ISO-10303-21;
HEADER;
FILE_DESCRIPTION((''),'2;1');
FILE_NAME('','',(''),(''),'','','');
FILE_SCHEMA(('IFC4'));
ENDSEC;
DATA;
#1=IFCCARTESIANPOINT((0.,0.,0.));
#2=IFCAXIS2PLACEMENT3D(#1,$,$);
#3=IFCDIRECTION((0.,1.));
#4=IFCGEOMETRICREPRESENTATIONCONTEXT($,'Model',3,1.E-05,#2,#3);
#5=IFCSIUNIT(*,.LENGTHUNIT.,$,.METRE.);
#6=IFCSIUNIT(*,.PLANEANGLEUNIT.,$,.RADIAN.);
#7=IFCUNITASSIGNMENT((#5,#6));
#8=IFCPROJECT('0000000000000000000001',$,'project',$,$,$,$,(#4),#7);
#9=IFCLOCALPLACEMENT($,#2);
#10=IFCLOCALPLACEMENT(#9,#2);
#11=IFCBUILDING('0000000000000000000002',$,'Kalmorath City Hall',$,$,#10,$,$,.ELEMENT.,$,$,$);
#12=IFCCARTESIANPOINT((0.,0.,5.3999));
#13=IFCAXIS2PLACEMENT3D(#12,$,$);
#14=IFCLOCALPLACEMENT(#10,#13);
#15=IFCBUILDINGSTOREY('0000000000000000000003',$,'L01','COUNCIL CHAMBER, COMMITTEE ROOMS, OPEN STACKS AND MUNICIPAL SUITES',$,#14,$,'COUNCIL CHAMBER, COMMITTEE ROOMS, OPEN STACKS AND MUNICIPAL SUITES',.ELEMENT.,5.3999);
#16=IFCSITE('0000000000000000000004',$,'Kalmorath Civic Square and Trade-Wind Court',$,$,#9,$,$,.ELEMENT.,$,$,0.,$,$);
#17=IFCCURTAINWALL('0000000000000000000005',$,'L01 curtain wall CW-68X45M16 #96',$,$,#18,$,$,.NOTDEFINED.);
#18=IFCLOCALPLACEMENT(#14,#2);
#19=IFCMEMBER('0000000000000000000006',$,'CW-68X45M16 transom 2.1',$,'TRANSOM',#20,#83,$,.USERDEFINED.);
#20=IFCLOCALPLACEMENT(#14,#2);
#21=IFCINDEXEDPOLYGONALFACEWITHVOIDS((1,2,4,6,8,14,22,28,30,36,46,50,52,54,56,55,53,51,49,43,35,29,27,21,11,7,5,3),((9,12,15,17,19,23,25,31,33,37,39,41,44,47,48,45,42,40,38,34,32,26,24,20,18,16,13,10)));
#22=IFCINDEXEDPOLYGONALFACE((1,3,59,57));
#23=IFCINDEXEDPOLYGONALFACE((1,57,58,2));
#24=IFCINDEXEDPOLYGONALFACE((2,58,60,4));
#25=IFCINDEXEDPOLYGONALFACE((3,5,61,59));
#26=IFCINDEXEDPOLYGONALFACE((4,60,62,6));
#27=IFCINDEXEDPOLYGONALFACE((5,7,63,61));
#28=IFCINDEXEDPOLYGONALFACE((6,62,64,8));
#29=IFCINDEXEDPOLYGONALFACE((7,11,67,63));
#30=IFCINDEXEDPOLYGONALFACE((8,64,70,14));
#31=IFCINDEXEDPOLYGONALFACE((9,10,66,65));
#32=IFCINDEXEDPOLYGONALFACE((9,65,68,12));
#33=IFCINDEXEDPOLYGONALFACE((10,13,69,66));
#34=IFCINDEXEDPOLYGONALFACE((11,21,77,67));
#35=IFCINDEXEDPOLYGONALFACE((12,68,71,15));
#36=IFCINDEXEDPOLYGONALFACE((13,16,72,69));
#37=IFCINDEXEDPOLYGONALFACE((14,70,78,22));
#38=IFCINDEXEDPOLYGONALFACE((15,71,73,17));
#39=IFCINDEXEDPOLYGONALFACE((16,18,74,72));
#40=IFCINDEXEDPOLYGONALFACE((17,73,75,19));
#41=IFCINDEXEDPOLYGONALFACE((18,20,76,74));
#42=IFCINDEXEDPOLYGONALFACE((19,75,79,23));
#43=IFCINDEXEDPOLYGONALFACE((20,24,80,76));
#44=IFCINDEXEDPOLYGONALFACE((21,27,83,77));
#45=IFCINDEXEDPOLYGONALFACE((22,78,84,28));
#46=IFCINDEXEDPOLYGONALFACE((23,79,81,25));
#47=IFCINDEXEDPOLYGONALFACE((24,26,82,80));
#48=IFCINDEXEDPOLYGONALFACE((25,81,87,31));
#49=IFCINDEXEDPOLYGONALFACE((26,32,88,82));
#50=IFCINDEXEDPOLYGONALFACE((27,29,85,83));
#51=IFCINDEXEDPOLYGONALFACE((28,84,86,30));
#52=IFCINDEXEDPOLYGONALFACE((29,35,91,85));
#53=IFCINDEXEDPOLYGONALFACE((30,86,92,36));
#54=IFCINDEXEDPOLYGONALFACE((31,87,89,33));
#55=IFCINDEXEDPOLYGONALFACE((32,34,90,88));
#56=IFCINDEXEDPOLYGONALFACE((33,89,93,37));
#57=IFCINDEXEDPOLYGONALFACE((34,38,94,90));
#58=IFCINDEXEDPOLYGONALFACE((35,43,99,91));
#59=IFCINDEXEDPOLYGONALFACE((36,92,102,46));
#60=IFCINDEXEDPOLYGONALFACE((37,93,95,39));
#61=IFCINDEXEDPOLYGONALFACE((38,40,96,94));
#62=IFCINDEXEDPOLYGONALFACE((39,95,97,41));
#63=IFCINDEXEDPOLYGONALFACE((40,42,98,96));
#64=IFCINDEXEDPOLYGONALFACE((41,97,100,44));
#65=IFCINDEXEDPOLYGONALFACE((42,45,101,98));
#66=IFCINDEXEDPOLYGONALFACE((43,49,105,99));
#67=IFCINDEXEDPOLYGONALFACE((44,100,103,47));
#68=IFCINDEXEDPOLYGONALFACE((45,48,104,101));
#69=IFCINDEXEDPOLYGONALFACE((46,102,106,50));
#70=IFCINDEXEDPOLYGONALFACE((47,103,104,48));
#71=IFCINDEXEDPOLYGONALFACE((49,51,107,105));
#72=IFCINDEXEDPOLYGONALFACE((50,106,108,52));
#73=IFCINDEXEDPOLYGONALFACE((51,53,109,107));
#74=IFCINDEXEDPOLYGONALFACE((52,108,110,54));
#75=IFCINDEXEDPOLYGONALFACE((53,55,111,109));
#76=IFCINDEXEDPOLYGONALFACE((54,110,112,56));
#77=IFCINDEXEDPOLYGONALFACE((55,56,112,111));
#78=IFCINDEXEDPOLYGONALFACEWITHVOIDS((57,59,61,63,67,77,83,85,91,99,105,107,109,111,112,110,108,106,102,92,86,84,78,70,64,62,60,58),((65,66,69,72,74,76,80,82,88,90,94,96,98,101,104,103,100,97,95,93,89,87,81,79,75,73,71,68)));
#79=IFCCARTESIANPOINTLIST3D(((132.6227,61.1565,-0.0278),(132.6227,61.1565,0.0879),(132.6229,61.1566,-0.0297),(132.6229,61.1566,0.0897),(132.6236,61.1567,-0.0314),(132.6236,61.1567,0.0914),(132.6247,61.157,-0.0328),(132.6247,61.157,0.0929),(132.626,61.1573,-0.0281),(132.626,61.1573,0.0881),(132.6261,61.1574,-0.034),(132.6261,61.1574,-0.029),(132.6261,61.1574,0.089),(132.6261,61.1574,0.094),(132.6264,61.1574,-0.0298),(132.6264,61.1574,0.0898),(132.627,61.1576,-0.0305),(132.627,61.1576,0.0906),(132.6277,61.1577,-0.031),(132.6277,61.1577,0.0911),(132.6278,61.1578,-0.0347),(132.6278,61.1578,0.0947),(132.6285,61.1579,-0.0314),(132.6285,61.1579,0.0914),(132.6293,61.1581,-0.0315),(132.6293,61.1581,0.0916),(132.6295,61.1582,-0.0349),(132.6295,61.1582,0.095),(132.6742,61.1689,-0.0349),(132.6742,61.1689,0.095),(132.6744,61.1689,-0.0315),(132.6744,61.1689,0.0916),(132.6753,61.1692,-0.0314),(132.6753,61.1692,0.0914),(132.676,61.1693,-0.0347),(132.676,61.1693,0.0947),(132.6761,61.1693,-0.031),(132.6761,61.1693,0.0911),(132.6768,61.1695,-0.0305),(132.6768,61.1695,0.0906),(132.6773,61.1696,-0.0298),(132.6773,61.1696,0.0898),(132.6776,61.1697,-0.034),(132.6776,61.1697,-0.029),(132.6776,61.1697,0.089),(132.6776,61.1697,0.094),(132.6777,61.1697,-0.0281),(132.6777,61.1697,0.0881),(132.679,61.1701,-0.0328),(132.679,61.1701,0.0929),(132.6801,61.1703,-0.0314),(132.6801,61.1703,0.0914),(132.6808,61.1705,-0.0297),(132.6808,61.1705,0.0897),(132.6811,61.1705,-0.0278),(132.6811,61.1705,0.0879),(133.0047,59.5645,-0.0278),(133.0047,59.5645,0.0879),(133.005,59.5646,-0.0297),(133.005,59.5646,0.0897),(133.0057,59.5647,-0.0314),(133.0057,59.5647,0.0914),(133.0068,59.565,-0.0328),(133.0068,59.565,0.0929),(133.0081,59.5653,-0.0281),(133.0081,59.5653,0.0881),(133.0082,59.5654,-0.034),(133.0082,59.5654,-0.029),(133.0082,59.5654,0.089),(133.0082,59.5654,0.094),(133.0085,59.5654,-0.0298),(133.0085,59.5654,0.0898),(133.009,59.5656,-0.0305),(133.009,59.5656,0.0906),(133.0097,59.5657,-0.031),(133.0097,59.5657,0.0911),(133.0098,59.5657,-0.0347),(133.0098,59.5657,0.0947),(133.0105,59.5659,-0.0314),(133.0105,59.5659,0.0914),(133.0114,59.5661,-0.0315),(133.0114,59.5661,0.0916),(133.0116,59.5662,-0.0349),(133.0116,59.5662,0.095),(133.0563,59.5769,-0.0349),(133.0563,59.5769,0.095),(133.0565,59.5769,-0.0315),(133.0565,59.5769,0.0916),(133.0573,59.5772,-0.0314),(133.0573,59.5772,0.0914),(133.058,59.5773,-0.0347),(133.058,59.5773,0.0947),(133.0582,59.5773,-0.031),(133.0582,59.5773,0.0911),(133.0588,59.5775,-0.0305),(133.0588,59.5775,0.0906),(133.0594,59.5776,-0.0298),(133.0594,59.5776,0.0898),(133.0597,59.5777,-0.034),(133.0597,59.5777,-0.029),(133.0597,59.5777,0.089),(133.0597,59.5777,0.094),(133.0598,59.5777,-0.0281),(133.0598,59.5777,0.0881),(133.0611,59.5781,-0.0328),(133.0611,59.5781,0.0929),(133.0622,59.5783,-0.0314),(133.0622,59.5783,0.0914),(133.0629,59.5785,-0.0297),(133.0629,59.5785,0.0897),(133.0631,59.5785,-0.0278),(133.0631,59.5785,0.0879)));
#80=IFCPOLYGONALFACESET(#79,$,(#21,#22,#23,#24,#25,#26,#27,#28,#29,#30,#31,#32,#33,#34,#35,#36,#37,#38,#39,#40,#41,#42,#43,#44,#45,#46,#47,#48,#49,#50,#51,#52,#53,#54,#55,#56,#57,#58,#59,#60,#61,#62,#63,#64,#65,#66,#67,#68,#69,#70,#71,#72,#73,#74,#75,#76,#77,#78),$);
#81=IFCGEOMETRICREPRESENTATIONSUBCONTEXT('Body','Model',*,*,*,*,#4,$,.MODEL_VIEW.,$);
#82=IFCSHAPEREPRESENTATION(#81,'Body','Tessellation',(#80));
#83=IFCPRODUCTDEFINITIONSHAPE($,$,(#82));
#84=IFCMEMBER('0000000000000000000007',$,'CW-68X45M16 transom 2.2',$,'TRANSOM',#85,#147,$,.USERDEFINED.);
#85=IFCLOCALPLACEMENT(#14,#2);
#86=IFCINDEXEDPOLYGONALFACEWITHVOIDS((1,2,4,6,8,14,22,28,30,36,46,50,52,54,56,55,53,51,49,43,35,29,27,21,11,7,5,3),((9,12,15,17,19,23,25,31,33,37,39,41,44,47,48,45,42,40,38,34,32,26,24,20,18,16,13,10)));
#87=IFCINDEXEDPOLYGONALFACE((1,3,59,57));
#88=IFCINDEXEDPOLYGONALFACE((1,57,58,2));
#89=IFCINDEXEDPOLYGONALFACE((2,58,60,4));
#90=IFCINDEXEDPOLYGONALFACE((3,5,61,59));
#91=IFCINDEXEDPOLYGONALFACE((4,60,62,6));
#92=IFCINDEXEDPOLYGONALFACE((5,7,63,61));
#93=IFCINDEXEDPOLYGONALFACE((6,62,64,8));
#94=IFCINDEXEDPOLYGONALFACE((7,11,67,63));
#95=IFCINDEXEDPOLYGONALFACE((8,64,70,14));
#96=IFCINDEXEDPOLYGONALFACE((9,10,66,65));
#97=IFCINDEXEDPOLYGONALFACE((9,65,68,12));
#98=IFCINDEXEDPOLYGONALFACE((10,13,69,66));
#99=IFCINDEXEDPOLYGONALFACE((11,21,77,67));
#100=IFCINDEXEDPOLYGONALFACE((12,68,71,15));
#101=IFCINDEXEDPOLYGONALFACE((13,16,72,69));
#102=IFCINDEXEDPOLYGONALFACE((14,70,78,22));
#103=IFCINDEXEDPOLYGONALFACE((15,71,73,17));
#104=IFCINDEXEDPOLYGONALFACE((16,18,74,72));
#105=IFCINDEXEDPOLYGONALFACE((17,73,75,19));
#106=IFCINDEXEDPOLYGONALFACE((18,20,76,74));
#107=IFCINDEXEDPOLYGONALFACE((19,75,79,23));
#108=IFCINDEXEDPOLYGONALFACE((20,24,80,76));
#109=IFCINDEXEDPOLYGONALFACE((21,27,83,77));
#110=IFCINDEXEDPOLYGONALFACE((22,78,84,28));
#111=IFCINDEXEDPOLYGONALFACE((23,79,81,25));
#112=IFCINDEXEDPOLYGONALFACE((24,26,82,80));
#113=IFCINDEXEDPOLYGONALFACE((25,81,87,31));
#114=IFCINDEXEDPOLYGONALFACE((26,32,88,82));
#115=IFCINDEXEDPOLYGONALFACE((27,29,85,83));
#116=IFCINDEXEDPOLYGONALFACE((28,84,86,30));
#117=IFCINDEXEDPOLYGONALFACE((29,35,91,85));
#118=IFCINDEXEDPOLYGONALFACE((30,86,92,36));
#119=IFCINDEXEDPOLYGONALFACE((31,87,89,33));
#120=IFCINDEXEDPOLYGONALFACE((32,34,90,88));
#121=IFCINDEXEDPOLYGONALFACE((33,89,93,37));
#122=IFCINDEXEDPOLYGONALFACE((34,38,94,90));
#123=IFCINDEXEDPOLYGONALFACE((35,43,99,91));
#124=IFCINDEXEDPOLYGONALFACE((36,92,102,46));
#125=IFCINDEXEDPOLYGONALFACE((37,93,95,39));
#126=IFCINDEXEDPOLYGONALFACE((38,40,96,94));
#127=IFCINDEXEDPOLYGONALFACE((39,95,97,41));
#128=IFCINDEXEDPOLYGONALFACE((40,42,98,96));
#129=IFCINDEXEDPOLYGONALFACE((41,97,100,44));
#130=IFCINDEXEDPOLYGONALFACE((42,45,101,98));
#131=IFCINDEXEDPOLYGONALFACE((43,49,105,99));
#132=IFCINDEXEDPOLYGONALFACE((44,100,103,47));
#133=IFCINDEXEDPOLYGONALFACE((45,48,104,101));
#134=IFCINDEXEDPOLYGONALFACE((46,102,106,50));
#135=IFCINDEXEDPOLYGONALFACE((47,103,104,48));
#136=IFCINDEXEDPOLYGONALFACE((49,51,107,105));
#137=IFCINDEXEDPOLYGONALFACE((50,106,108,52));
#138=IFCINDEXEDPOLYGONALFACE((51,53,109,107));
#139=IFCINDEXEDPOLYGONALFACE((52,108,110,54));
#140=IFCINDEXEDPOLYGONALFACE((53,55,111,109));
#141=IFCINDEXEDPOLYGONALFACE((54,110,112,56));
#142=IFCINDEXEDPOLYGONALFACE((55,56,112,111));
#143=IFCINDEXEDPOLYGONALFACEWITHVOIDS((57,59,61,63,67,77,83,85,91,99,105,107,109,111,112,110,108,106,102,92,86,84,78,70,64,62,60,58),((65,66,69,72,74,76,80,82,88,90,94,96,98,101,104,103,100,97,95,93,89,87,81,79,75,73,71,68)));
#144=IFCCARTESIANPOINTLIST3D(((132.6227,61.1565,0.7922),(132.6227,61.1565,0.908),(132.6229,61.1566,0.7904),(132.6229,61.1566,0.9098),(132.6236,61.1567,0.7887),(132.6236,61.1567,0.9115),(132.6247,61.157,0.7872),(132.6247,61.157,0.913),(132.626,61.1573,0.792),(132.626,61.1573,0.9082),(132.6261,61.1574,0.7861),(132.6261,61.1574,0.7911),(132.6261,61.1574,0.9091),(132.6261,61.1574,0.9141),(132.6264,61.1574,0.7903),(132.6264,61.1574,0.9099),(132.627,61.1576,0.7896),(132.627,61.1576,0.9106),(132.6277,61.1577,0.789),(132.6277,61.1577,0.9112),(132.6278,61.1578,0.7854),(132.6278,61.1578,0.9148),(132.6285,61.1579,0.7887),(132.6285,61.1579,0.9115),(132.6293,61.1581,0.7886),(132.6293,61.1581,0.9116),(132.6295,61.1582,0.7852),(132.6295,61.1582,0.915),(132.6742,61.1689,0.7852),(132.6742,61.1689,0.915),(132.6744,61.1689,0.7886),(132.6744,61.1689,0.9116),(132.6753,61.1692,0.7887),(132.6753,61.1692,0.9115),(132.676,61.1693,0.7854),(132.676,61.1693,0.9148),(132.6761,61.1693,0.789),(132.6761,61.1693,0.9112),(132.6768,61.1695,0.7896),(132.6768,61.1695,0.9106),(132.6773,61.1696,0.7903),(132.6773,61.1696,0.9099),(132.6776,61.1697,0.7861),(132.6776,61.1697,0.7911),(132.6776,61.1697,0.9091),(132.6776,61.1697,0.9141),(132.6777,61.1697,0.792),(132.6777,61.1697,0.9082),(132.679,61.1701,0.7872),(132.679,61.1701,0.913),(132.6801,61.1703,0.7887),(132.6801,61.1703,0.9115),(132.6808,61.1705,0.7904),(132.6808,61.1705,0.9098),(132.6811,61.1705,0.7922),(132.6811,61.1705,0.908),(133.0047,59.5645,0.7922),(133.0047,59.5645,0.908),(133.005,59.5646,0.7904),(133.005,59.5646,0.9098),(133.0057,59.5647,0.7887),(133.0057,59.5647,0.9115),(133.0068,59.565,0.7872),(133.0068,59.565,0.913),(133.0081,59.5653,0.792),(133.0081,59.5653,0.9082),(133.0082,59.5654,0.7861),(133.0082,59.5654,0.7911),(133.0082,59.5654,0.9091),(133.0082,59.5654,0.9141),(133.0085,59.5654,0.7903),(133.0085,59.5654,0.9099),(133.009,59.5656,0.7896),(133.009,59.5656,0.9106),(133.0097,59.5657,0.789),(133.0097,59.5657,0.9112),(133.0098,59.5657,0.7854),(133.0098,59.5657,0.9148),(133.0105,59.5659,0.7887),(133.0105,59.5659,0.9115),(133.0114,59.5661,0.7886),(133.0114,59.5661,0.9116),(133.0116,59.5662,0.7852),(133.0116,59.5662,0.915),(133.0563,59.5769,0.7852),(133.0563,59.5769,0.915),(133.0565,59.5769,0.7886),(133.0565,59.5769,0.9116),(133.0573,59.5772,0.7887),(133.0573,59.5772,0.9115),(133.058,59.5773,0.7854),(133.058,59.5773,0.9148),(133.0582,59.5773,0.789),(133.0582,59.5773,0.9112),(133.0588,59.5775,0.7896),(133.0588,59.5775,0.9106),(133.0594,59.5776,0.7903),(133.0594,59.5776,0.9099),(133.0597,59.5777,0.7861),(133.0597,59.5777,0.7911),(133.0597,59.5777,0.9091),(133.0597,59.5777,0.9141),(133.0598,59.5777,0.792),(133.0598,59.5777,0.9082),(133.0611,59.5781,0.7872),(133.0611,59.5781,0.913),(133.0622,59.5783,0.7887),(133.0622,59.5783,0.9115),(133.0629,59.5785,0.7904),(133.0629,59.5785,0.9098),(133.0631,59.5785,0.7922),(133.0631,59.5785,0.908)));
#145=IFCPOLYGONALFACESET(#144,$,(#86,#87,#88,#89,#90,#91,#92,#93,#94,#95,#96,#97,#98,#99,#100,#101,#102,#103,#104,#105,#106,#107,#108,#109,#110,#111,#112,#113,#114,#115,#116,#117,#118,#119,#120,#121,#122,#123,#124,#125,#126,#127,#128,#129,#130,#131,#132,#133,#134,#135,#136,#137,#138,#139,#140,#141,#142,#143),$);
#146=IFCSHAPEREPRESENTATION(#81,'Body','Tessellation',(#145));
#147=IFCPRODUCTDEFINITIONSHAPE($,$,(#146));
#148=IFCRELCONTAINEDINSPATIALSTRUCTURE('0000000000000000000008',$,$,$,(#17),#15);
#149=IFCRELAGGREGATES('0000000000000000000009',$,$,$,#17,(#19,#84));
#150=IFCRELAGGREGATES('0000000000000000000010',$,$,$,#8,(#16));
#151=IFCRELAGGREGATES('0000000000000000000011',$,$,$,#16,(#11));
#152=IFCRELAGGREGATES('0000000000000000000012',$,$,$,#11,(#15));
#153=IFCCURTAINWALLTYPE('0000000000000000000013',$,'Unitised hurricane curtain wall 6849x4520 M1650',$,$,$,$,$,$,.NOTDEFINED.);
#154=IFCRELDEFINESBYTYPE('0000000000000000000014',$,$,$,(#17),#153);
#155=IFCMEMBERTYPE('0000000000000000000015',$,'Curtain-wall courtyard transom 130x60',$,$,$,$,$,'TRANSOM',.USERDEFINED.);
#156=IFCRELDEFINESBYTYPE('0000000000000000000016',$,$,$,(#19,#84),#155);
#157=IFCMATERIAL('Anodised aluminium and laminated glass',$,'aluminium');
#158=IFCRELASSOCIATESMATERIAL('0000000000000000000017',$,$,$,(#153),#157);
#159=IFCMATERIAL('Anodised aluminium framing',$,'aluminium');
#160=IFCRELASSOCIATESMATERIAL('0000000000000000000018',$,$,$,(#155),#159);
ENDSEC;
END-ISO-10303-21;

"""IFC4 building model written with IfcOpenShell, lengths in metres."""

from ifc_helpers import new_model, si_unit, direction, frame, origin, origin_2d, place, context, subcontext, project, spatial, hollow_rectangle, extrude, material, material_profile, profile_set, type_object, element, aggregate, save


model = new_model("IFC4")

# Units and contexts
model_context = context("Model", 3, precision=1e-05, world=origin(), true_north=direction((0.0, 1.0)))
body_context = subcontext(model_context, "Body", "Model", "MODEL_VIEW")
ifc_project = project(units=[si_unit("LENGTHUNIT", "METRE"), si_unit("PLANEANGLEUNIT", "RADIAN")], contexts=[model_context])

# Site, building, storey
site_placement = place(None, origin())
site = spatial("IfcSite", under=ifc_project, at=site_placement, Name="Kalmorath Civic Square and Trade-Wind Court", CompositionType="ELEMENT", RefElevation=0.0)
building_placement = place(site_placement, origin())
building = spatial("IfcBuilding", under=site, at=building_placement, Name="Kalmorath City Hall", CompositionType="ELEMENT")
storey_placement = place(building_placement, frame((0.0, 0.0, 5.3999)))
storey = spatial("IfcBuildingStorey", under=building, at=storey_placement, Name="L01", Description="COUNCIL CHAMBER, COMMITTEE ROOMS, OPEN STACKS AND MUNICIPAL SUITES", LongName="COUNCIL CHAMBER, COMMITTEE ROOMS, OPEN STACKS AND MUNICIPAL SUITES", CompositionType="ELEMENT", Elevation=5.3999)

# Curtain wall, members
ifc_material_1 = material(Name="Anodised aluminium and laminated glass", Category="aluminium")
curtain_wall_type = type_object("IfcCurtainWallType", Name="Unitised hurricane curtain wall 6849x4520 M1650", PredefinedType="NOTDEFINED", material=ifc_material_1)
curtain_wall_placement = place(storey_placement, origin())
curtain_wall = element("IfcCurtainWall", 1, at=curtain_wall_placement, inside=storey, type_object=curtain_wall_type, Name="L01 curtain wall CW-68X45M16 #96", PredefinedType="NOTDEFINED")
ifc_material_2 = material(Name="Anodised aluminium framing", Category="aluminium")
ifc_material_profile_1 = material_profile(ifc_material_2, hollow_rectangle(XDim=0.0601, YDim=0.1299, WallThickness=0.0034, InnerFilletRadius=0.0034, OuterFilletRadius=0.0071, at=origin_2d()), Name="ALU-TRN-130X60X3.5")
ifc_profile_set_1 = profile_set([ifc_material_profile_1], Name="Anodised aluminium framing")
member_type_1 = type_object("IfcMemberType", Name="Curtain-wall courtyard transom 130x60", ElementType="TRANSOM", PredefinedType="USERDEFINED", material=ifc_profile_set_1)
member_1_placement = place(storey_placement, frame((133.0339, 59.5715, 0.03), z_axis=(-0.233367, 0.972389, 0.0), x_axis=(-0.972389, -0.233367, 0.0)))
member_1 = element("IfcMember", 2, at=member_1_placement, type_object=member_type_1, Name="CW-68X45M16 transom 2.1", ObjectType="TRANSOM", PredefinedType="USERDEFINED", context=body_context, shape_type="SweptSolid", body=[
    extrude(hollow_rectangle(XDim=0.0601, YDim=0.1299, WallThickness=0.0034, InnerFilletRadius=0.0034, OuterFilletRadius=0.0071, at=origin_2d()), origin(), (0.0, 0.0, 1.0), 1.6372),
])
member_2_placement = place(storey_placement, frame((133.0339, 59.5715, 0.8501), z_axis=(-0.233367, 0.972389, 0.0), x_axis=(-0.972389, -0.233367, 0.0)))
member_2 = element("IfcMember", 3, at=member_2_placement, type_object=member_type_1, Name="CW-68X45M16 transom 2.2", ObjectType="TRANSOM", PredefinedType="USERDEFINED", context=body_context, shape_type="SweptSolid", body=[
    extrude(hollow_rectangle(XDim=0.0601, YDim=0.1299, WallThickness=0.0034, InnerFilletRadius=0.0034, OuterFilletRadius=0.0071, at=origin_2d()), origin(), (0.0, 0.0, 1.0), 1.6372),
])
aggregate(curtain_wall, [member_1, member_2])

save(model, "model.ifc")
